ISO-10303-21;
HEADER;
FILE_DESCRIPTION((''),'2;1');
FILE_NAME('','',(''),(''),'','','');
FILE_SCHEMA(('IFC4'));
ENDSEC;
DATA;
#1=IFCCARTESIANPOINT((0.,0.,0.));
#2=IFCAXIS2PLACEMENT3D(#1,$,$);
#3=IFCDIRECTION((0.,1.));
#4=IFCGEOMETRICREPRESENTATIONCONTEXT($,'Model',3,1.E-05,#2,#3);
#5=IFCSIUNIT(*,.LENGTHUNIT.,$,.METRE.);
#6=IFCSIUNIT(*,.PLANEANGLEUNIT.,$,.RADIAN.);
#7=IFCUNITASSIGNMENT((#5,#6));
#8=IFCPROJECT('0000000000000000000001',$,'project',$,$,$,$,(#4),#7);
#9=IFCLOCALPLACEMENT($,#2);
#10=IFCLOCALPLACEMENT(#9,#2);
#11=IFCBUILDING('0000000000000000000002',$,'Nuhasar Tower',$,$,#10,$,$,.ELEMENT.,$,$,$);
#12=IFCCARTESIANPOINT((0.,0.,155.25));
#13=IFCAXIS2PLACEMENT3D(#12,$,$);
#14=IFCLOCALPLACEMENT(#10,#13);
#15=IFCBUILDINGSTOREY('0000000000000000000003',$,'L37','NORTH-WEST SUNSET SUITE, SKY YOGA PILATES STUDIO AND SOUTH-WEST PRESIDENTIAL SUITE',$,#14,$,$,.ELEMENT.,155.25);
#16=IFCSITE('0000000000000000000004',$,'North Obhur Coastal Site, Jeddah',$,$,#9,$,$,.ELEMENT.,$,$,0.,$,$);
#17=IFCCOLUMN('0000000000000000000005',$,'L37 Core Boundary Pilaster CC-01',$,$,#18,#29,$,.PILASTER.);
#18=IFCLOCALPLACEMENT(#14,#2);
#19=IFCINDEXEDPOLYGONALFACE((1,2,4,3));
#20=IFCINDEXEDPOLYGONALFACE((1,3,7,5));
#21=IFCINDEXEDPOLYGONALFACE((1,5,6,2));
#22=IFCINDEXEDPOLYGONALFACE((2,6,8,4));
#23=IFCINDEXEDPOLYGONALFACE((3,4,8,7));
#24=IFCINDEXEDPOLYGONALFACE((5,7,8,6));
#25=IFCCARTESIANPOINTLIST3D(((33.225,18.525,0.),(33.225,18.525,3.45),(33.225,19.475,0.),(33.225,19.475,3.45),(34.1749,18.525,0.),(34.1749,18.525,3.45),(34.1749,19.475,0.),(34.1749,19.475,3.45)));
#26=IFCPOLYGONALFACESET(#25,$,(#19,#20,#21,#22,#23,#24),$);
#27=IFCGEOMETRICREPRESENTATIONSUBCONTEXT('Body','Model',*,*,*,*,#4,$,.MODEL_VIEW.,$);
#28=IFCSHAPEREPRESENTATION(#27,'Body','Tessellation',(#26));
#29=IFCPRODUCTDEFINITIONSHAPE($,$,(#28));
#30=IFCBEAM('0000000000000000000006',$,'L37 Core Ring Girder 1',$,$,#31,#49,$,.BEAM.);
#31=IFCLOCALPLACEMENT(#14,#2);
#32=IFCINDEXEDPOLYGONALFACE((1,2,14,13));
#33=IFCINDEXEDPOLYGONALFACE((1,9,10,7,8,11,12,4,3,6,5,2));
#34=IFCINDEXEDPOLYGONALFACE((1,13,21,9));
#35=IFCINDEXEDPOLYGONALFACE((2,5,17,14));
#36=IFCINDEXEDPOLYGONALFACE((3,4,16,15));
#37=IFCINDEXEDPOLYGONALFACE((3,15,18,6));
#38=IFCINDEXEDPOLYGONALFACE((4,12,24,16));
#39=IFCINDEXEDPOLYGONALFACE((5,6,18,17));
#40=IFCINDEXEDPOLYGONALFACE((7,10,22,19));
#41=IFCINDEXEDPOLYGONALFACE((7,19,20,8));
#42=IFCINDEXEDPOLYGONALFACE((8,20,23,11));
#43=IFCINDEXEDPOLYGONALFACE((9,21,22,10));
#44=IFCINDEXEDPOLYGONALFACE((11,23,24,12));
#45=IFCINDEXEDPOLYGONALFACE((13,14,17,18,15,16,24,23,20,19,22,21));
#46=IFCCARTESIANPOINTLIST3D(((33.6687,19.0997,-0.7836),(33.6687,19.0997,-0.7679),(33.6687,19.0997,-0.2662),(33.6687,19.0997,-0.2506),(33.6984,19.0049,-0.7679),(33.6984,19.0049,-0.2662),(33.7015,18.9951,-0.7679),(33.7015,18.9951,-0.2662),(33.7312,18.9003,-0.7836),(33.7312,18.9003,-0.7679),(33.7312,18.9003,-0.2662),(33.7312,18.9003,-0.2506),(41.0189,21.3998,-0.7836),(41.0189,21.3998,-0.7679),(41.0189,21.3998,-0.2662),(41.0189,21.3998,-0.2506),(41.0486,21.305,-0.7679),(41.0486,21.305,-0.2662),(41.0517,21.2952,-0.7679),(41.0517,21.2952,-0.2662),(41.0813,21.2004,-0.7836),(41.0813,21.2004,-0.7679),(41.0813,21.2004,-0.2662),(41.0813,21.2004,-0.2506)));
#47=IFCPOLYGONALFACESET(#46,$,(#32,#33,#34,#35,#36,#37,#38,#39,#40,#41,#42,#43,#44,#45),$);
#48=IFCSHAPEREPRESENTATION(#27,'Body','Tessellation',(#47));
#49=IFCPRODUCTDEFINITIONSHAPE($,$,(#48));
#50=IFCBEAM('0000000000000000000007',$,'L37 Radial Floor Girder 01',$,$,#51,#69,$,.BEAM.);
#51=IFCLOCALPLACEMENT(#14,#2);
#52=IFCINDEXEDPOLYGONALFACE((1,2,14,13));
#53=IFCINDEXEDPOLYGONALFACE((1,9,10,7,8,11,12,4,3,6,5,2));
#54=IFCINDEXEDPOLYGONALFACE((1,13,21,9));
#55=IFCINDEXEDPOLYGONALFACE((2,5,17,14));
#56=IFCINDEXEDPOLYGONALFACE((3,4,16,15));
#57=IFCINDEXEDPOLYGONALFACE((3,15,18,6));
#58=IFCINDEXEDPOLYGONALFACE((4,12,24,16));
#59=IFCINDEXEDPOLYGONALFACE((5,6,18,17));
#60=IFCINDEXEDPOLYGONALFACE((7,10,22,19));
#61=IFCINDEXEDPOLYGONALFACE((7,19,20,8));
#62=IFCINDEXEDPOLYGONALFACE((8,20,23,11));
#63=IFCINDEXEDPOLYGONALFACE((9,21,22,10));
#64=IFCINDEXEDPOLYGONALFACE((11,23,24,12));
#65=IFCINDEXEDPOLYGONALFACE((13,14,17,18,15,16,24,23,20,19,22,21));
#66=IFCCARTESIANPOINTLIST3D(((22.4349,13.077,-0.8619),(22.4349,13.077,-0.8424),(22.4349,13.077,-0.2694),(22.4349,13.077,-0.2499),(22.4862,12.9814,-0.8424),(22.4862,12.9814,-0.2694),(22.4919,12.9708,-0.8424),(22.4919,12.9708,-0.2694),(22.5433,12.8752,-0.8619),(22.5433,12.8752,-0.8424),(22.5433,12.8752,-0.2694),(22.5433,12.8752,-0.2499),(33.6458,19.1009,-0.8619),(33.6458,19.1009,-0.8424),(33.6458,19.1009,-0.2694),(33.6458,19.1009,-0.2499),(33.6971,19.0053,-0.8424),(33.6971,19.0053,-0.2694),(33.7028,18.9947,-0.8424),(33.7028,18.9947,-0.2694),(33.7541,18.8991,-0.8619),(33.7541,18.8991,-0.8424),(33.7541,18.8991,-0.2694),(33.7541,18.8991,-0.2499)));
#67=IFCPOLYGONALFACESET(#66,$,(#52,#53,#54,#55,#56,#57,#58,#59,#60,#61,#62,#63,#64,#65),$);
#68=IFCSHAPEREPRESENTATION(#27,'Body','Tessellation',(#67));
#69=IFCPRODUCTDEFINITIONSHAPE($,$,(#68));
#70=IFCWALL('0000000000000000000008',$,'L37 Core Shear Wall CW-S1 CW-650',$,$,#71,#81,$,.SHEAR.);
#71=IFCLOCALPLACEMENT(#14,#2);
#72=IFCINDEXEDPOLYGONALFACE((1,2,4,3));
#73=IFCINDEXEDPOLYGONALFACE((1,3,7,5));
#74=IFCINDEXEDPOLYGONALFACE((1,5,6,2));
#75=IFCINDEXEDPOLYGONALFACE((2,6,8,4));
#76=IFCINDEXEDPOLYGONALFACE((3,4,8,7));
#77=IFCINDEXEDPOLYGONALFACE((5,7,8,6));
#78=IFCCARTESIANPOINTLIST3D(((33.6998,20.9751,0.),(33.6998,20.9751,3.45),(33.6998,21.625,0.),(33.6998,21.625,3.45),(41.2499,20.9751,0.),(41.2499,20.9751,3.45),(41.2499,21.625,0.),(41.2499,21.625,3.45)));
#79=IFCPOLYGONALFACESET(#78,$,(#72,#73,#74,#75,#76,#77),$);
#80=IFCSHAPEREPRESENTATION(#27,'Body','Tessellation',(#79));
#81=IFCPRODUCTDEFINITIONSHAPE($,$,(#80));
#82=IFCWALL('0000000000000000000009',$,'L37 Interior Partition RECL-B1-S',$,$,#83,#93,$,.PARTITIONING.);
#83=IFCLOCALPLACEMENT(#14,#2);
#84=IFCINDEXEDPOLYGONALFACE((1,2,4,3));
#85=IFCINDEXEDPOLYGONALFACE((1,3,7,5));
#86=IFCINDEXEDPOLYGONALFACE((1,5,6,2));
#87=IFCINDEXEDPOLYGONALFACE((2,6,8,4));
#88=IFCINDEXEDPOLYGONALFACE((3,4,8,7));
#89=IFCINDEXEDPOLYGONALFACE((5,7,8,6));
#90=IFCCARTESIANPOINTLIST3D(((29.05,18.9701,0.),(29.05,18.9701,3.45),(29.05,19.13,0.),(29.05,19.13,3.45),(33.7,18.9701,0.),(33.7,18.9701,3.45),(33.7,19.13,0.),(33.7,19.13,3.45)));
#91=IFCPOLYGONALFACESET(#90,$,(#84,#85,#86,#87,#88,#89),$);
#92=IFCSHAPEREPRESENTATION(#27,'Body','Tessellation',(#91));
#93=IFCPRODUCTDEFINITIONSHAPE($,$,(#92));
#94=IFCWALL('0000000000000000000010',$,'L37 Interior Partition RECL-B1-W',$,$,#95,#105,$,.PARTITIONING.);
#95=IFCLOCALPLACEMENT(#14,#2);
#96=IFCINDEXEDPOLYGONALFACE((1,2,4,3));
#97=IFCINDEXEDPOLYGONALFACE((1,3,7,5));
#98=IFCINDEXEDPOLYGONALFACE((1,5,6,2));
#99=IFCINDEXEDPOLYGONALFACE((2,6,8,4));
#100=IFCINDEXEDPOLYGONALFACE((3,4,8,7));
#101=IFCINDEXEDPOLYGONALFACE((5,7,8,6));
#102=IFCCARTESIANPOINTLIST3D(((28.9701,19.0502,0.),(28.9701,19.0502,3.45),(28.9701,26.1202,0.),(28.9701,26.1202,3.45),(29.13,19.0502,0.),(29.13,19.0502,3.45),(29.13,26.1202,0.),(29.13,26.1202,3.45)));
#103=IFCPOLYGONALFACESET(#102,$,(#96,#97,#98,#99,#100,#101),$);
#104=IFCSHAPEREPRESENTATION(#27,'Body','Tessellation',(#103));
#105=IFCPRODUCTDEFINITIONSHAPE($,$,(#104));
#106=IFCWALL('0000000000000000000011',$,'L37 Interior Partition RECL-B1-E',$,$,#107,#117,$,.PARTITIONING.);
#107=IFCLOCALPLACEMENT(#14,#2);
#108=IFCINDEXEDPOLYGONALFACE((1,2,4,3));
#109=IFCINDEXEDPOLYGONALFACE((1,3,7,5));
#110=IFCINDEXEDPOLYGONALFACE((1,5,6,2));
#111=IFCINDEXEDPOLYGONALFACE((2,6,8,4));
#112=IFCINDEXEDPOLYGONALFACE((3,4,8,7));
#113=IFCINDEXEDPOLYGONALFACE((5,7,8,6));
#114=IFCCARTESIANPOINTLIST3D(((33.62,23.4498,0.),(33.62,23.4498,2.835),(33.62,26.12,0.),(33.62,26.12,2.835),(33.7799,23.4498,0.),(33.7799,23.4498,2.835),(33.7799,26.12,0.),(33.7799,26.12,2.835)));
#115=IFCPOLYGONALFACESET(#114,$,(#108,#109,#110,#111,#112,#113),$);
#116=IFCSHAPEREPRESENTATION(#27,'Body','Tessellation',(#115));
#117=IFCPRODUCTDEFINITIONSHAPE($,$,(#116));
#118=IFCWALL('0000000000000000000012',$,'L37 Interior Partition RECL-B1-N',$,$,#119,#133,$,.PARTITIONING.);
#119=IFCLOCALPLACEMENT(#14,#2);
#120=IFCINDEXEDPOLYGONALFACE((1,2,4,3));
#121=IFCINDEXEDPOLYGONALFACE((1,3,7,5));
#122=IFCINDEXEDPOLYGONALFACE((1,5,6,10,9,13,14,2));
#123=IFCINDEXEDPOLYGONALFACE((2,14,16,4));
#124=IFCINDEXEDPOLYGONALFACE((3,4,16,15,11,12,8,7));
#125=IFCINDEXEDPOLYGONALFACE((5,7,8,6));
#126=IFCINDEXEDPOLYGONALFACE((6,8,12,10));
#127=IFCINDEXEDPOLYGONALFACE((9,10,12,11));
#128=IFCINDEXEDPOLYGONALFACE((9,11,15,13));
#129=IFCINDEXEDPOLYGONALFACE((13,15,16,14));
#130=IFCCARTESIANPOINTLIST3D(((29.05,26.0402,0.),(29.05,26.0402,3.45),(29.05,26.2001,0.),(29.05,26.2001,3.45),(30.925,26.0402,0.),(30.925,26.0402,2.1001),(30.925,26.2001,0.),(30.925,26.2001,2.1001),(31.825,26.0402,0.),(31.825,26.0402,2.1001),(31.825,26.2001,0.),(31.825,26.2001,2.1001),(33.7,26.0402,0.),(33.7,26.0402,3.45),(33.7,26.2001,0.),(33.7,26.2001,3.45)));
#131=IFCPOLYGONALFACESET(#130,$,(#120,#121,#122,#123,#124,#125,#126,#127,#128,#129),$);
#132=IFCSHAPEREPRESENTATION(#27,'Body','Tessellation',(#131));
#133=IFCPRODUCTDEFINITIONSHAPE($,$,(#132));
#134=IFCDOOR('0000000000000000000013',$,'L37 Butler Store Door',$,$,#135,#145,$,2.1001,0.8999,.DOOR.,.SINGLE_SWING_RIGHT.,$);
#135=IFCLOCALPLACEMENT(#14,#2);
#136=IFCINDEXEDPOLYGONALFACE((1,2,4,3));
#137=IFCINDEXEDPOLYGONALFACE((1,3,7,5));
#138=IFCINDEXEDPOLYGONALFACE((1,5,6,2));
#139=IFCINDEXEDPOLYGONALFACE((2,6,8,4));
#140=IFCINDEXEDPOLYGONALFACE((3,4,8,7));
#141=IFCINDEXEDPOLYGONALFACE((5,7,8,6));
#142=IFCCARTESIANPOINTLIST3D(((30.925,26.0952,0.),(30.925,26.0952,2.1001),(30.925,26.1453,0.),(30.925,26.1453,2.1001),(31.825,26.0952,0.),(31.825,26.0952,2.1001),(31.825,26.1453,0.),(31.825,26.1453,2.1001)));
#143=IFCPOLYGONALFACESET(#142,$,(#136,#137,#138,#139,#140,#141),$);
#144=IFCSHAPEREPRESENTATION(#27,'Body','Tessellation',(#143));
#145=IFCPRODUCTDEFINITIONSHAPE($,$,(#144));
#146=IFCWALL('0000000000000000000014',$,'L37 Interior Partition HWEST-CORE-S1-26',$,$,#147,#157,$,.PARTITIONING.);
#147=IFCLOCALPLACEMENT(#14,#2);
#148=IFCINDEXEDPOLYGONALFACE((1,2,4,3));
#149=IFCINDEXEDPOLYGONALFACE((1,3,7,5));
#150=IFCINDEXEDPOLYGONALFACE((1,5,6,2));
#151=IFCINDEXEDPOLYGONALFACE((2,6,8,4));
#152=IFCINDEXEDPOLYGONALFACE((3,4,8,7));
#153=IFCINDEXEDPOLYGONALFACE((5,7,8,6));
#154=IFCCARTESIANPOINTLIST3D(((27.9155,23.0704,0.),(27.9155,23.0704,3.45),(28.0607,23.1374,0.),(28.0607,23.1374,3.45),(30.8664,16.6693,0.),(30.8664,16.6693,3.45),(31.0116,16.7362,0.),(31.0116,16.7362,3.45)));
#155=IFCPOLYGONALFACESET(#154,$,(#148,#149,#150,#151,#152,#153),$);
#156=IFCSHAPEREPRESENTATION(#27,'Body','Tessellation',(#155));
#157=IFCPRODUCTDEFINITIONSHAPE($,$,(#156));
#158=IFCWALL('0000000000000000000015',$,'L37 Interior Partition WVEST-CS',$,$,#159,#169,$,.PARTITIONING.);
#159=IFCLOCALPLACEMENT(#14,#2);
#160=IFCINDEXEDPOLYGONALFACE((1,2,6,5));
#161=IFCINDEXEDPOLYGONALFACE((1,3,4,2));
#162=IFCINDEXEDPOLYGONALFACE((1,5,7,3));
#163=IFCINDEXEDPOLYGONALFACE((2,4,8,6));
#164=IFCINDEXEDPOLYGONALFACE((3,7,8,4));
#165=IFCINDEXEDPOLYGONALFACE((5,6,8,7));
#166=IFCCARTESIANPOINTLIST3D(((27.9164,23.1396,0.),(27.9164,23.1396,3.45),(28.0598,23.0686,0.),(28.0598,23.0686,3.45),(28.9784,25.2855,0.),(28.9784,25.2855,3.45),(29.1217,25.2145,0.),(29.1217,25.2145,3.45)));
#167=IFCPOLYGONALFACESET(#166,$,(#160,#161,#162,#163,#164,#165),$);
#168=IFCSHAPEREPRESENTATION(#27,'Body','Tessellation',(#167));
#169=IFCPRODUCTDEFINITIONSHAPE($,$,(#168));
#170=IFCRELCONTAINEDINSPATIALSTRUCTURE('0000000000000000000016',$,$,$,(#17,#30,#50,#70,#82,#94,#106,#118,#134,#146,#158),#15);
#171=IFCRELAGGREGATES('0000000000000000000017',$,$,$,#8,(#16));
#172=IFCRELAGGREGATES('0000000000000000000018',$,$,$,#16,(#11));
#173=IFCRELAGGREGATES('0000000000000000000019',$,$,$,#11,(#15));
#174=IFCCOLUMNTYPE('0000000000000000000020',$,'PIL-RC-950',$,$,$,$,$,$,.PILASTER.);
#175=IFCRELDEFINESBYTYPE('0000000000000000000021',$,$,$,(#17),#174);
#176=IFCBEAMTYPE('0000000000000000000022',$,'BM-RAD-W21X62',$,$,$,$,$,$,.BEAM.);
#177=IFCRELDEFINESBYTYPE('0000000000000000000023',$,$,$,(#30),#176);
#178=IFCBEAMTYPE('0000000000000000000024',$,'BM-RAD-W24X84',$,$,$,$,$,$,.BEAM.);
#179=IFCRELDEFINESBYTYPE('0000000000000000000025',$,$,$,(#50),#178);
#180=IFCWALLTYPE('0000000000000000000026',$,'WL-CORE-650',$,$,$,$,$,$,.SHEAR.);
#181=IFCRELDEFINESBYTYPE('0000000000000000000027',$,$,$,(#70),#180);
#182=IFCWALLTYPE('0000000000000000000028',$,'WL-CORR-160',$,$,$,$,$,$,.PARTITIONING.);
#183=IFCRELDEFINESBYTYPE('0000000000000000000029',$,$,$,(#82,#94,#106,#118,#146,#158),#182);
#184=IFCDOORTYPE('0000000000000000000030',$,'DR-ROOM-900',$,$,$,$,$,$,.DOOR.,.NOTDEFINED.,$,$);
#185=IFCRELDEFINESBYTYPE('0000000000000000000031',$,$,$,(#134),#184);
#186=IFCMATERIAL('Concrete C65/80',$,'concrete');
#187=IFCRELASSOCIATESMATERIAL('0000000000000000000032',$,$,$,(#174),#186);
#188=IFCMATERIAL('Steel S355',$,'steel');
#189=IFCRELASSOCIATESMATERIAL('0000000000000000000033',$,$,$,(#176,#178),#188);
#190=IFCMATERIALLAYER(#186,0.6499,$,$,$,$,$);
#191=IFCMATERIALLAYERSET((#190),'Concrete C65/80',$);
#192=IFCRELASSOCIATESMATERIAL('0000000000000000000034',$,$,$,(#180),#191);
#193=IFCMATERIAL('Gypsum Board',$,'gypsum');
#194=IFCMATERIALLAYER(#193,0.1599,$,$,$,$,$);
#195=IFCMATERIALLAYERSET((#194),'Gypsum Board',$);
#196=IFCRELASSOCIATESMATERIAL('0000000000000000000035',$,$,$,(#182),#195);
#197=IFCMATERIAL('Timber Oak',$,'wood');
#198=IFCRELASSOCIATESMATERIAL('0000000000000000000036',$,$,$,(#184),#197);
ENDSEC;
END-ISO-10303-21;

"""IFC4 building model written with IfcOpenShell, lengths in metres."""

from ifc_helpers import new_model, si_unit, direction, frame, frame_2d, origin, origin_2d, place, context, subcontext, project, spatial, rectangle, i_section, extrude, material, layer, layer_set, material_profile, profile_set, type_object, element, fill, save


model = new_model("IFC4")

# Units and contexts
model_context = context("Model", 3, precision=1e-05, world=origin(), true_north=direction((0.0, 1.0)))
body_context = subcontext(model_context, "Body", "Model", "MODEL_VIEW")
ifc_project = project(units=[si_unit("LENGTHUNIT", "METRE"), si_unit("PLANEANGLEUNIT", "RADIAN")], contexts=[model_context])

# Site, building, storey
site_placement = place(None, origin())
site = spatial("IfcSite", under=ifc_project, at=site_placement, Name="North Obhur Coastal Site, Jeddah", CompositionType="ELEMENT", RefElevation=0.0)
building_placement = place(site_placement, origin())
building = spatial("IfcBuilding", under=site, at=building_placement, Name="Nuhasar Tower", CompositionType="ELEMENT")
storey_placement = place(building_placement, frame((0.0, 0.0, 155.25)))
storey = spatial("IfcBuildingStorey", under=building, at=storey_placement, Name="L37", Description="NORTH-WEST SUNSET SUITE, SKY YOGA PILATES STUDIO AND SOUTH-WEST PRESIDENTIAL SUITE", CompositionType="ELEMENT", Elevation=155.25)

# Column
ifc_material_1 = material(Name="Concrete C65/80", Category="concrete")
ifc_material_profile_1 = material_profile(ifc_material_1, rectangle(XDim=0.95, YDim=0.95, at=origin_2d()), Name="RC950X950")
ifc_profile_set_1 = profile_set([ifc_material_profile_1], Name="Concrete C65/80")
column_type = type_object("IfcColumnType", Name="PIL-RC-950", PredefinedType="PILASTER", material=ifc_profile_set_1)
column_placement = place(storey_placement, frame((33.7, 19.0, 0.0), z_axis=(0.0, 0.0, 1.0), x_axis=(1.0, 0.0, 0.0)))
element("IfcColumn", 1, at=column_placement, inside=storey, type_object=column_type, Name="L37 Core Boundary Pilaster CC-01", PredefinedType="PILASTER", context=body_context, shape_type="SweptSolid", body=[
    extrude(rectangle(XDim=0.95, YDim=0.95, at=origin_2d()), origin(), (0.0, 0.0, 1.0), 3.45),
])

# Beams
ifc_material_2 = material(Name="Steel S355", Category="steel")
ifc_material_profile_2 = material_profile(ifc_material_2, i_section(OverallWidth=0.209, OverallDepth=0.533, WebThickness=0.0103, FlangeThickness=0.0156, at=origin_2d()), Name="W21X62")
ifc_profile_set_2 = profile_set([ifc_material_profile_2], Name="Steel S355")
beam_type_1 = type_object("IfcBeamType", Name="BM-RAD-W21X62", PredefinedType="BEAM", material=ifc_profile_set_2)
beam_1_placement = place(storey_placement, frame((33.7, 19.0, -0.5171), z_axis=(0.954364, 0.298647, 0.0), x_axis=(-0.298647, 0.954364, 0.0)))
element("IfcBeam", 2, at=beam_1_placement, inside=storey, type_object=beam_type_1, Name="L37 Core Ring Girder 1", PredefinedType="BEAM", context=body_context, shape_type="SweptSolid", body=[
    extrude(i_section(OverallWidth=0.209, OverallDepth=0.533, WebThickness=0.0103, FlangeThickness=0.0156, at=origin_2d()), origin(), (0.0, 0.0, 1.0), 7.7017),
])
ifc_material_profile_3 = material_profile(ifc_material_2, i_section(OverallWidth=0.229, OverallDepth=0.6121, WebThickness=0.012, FlangeThickness=0.0195, at=origin_2d()), Name="W24X84")
ifc_profile_set_3 = profile_set([ifc_material_profile_3], Name="Steel S355")
beam_type_2 = type_object("IfcBeamType", Name="BM-RAD-W24X84", PredefinedType="BEAM", material=ifc_profile_set_3)
beam_2_placement = place(storey_placement, frame((33.7, 19.0, -0.5559), z_axis=(-0.880888, -0.473324, 0.0), x_axis=(0.473324, -0.880888, 0.0)))
element("IfcBeam", 3, at=beam_2_placement, inside=storey, type_object=beam_type_2, Name="L37 Radial Floor Girder 01", PredefinedType="BEAM", context=body_context, shape_type="SweptSolid", body=[
    extrude(i_section(OverallWidth=0.229, OverallDepth=0.6121, WebThickness=0.012, FlangeThickness=0.0195, at=origin_2d()), origin(), (0.0, 0.0, 1.0), 12.7268),
])

# Walls
ifc_layer_1 = layer(ifc_material_1, 0.6499)
ifc_layer_set_1 = layer_set([ifc_layer_1], Name="Concrete C65/80")
wall_type_1 = type_object("IfcWallType", Name="WL-CORE-650", PredefinedType="SHEAR", material=ifc_layer_set_1)
wall_1_placement = place(storey_placement, frame((33.7, 21.3, 0.0), z_axis=(0.0, 0.0, 1.0), x_axis=(1.0, 0.0, 0.0)))
element("IfcWall", 4, at=wall_1_placement, inside=storey, type_object=wall_type_1, Name="L37 Core Shear Wall CW-S1 CW-650", PredefinedType="SHEAR", context=body_context, shape_type="SweptSolid", body=[
    extrude(rectangle(XDim=7.55, YDim=0.6499, at=frame_2d((3.7749, 0.0))), origin(), (0.0, 0.0, 1.0), 3.45),
])
ifc_material_3 = material(Name="Gypsum Board", Category="gypsum")
ifc_layer_2 = layer(ifc_material_3, 0.1599)
ifc_layer_set_2 = layer_set([ifc_layer_2], Name="Gypsum Board")
wall_type_2 = type_object("IfcWallType", Name="WL-CORR-160", PredefinedType="PARTITIONING", material=ifc_layer_set_2)
wall_2_placement = place(storey_placement, frame((29.05, 19.05, 0.0), z_axis=(0.0, 0.0, 1.0), x_axis=(1.0, 0.0, 0.0)))
element("IfcWall", 5, at=wall_2_placement, inside=storey, type_object=wall_type_2, Name="L37 Interior Partition RECL-B1-S", PredefinedType="PARTITIONING", context=body_context, shape_type="SweptSolid", body=[
    extrude(rectangle(XDim=4.6499, YDim=0.1599, at=frame_2d((2.325, 0.0))), origin(), (0.0, 0.0, 1.0), 3.45),
])
wall_3_placement = place(storey_placement, frame((29.05, 19.05, 0.0), z_axis=(0.0, 0.0, 1.0), x_axis=(0.0, 1.0, 0.0)))
element("IfcWall", 6, at=wall_3_placement, inside=storey, type_object=wall_type_2, Name="L37 Interior Partition RECL-B1-W", PredefinedType="PARTITIONING", context=body_context, shape_type="SweptSolid", body=[
    extrude(rectangle(XDim=7.0701, YDim=0.1599, at=frame_2d((3.5352, 0.0))), origin(), (0.0, 0.0, 1.0), 3.45),
])
wall_4_placement = place(storey_placement, frame((33.7, 23.45, 0.0), z_axis=(0.0, 0.0, 1.0), x_axis=(0.0, 1.0, 0.0)))
element("IfcWall", 7, at=wall_4_placement, inside=storey, type_object=wall_type_2, Name="L37 Interior Partition RECL-B1-E", PredefinedType="PARTITIONING", context=body_context, shape_type="SweptSolid", body=[
    extrude(rectangle(XDim=2.6702, YDim=0.1599, at=frame_2d((1.335, 0.0))), origin(), (0.0, 0.0, 1.0), 2.835),
])

# Wall, opening, door
wall_5_placement = place(storey_placement, frame((33.7, 26.1201, 0.0), z_axis=(0.0, 0.0, 1.0), x_axis=(-1.0, 0.0, 0.0)))
wall_5 = element("IfcWall", 8, at=wall_5_placement, inside=storey, type_object=wall_type_2, Name="L37 Interior Partition RECL-B1-N", PredefinedType="PARTITIONING", context=body_context, shape_type="SweptSolid", body=[
    extrude(rectangle(XDim=4.6499, YDim=0.1599, at=frame_2d((2.325, 0.0))), origin(), (0.0, 0.0, 1.0), 3.45),
])
opening_1_placement = place(wall_5_placement, frame((1.875, 0.0, 0.0)))
opening_1 = element("IfcOpeningElement", 9, at=opening_1_placement, cuts=wall_5, PredefinedType="OPENING", context=body_context, shape_type="SweptSolid", body=[
    extrude(rectangle(XDim=0.8999, YDim=2.1001, at=frame_2d((0.45, 1.05))), frame((0.0, 0.0898, 0.0), z_axis=(0.0, -1.0, 0.0), x_axis=(1.0, 0.0, 0.0)), (0.0, 0.0, 1.0), 0.1799),
])
ifc_material_4 = material(Name="Timber Oak", Category="wood")
door_type_1 = type_object("IfcDoorType", Name="DR-ROOM-900", OperationType="NOTDEFINED", PredefinedType="DOOR", material=ifc_material_4)
door_1_placement = place(opening_1_placement, origin())
door_1 = element("IfcDoor", 10, at=door_1_placement, inside=storey, type_object=door_type_1, Name="L37 Butler Store Door", OperationType="SINGLE_SWING_RIGHT", OverallHeight=2.1001, OverallWidth=0.8999, PredefinedType="DOOR", context=body_context, shape_type="SweptSolid", body=[
    extrude(rectangle(XDim=0.8999, YDim=2.1001, at=frame_2d((0.45, 1.05))), frame((0.0, 0.0249, 0.0), z_axis=(0.0, -1.0, 0.0), x_axis=(1.0, 0.0, 0.0)), (0.0, 0.0, 1.0), 0.05),
])
fill(opening_1, door_1)

# Walls
wall_6_placement = place(storey_placement, frame((27.988, 23.104, 0.0), z_axis=(0.0, 0.0, 1.0), x_axis=(0.418656, -0.908145, 0.0)))
element("IfcWall", 11, at=wall_6_placement, inside=storey, type_object=wall_type_2, Name="L37 Interior Partition HWEST-CORE-S1-26", PredefinedType="PARTITIONING", context=body_context, shape_type="SweptSolid", body=[
    extrude(rectangle(XDim=7.0486, YDim=0.1599, at=frame_2d((3.5244, 0.0))), origin(), (0.0, 0.0, 1.0), 3.45),
])
wall_7_placement = place(storey_placement, frame((27.988, 23.104, 0.0), z_axis=(0.0, 0.0, 1.0), x_axis=(0.443539, 0.896255, 0.0)))
element("IfcWall", 12, at=wall_7_placement, inside=storey, type_object=wall_type_2, Name="L37 Interior Partition WVEST-CS", PredefinedType="PARTITIONING", context=body_context, shape_type="SweptSolid", body=[
    extrude(rectangle(XDim=2.3943, YDim=0.1599, at=frame_2d((1.1973, 0.0))), origin(), (0.0, 0.0, 1.0), 3.45),
])

save(model, "model.ifc")
